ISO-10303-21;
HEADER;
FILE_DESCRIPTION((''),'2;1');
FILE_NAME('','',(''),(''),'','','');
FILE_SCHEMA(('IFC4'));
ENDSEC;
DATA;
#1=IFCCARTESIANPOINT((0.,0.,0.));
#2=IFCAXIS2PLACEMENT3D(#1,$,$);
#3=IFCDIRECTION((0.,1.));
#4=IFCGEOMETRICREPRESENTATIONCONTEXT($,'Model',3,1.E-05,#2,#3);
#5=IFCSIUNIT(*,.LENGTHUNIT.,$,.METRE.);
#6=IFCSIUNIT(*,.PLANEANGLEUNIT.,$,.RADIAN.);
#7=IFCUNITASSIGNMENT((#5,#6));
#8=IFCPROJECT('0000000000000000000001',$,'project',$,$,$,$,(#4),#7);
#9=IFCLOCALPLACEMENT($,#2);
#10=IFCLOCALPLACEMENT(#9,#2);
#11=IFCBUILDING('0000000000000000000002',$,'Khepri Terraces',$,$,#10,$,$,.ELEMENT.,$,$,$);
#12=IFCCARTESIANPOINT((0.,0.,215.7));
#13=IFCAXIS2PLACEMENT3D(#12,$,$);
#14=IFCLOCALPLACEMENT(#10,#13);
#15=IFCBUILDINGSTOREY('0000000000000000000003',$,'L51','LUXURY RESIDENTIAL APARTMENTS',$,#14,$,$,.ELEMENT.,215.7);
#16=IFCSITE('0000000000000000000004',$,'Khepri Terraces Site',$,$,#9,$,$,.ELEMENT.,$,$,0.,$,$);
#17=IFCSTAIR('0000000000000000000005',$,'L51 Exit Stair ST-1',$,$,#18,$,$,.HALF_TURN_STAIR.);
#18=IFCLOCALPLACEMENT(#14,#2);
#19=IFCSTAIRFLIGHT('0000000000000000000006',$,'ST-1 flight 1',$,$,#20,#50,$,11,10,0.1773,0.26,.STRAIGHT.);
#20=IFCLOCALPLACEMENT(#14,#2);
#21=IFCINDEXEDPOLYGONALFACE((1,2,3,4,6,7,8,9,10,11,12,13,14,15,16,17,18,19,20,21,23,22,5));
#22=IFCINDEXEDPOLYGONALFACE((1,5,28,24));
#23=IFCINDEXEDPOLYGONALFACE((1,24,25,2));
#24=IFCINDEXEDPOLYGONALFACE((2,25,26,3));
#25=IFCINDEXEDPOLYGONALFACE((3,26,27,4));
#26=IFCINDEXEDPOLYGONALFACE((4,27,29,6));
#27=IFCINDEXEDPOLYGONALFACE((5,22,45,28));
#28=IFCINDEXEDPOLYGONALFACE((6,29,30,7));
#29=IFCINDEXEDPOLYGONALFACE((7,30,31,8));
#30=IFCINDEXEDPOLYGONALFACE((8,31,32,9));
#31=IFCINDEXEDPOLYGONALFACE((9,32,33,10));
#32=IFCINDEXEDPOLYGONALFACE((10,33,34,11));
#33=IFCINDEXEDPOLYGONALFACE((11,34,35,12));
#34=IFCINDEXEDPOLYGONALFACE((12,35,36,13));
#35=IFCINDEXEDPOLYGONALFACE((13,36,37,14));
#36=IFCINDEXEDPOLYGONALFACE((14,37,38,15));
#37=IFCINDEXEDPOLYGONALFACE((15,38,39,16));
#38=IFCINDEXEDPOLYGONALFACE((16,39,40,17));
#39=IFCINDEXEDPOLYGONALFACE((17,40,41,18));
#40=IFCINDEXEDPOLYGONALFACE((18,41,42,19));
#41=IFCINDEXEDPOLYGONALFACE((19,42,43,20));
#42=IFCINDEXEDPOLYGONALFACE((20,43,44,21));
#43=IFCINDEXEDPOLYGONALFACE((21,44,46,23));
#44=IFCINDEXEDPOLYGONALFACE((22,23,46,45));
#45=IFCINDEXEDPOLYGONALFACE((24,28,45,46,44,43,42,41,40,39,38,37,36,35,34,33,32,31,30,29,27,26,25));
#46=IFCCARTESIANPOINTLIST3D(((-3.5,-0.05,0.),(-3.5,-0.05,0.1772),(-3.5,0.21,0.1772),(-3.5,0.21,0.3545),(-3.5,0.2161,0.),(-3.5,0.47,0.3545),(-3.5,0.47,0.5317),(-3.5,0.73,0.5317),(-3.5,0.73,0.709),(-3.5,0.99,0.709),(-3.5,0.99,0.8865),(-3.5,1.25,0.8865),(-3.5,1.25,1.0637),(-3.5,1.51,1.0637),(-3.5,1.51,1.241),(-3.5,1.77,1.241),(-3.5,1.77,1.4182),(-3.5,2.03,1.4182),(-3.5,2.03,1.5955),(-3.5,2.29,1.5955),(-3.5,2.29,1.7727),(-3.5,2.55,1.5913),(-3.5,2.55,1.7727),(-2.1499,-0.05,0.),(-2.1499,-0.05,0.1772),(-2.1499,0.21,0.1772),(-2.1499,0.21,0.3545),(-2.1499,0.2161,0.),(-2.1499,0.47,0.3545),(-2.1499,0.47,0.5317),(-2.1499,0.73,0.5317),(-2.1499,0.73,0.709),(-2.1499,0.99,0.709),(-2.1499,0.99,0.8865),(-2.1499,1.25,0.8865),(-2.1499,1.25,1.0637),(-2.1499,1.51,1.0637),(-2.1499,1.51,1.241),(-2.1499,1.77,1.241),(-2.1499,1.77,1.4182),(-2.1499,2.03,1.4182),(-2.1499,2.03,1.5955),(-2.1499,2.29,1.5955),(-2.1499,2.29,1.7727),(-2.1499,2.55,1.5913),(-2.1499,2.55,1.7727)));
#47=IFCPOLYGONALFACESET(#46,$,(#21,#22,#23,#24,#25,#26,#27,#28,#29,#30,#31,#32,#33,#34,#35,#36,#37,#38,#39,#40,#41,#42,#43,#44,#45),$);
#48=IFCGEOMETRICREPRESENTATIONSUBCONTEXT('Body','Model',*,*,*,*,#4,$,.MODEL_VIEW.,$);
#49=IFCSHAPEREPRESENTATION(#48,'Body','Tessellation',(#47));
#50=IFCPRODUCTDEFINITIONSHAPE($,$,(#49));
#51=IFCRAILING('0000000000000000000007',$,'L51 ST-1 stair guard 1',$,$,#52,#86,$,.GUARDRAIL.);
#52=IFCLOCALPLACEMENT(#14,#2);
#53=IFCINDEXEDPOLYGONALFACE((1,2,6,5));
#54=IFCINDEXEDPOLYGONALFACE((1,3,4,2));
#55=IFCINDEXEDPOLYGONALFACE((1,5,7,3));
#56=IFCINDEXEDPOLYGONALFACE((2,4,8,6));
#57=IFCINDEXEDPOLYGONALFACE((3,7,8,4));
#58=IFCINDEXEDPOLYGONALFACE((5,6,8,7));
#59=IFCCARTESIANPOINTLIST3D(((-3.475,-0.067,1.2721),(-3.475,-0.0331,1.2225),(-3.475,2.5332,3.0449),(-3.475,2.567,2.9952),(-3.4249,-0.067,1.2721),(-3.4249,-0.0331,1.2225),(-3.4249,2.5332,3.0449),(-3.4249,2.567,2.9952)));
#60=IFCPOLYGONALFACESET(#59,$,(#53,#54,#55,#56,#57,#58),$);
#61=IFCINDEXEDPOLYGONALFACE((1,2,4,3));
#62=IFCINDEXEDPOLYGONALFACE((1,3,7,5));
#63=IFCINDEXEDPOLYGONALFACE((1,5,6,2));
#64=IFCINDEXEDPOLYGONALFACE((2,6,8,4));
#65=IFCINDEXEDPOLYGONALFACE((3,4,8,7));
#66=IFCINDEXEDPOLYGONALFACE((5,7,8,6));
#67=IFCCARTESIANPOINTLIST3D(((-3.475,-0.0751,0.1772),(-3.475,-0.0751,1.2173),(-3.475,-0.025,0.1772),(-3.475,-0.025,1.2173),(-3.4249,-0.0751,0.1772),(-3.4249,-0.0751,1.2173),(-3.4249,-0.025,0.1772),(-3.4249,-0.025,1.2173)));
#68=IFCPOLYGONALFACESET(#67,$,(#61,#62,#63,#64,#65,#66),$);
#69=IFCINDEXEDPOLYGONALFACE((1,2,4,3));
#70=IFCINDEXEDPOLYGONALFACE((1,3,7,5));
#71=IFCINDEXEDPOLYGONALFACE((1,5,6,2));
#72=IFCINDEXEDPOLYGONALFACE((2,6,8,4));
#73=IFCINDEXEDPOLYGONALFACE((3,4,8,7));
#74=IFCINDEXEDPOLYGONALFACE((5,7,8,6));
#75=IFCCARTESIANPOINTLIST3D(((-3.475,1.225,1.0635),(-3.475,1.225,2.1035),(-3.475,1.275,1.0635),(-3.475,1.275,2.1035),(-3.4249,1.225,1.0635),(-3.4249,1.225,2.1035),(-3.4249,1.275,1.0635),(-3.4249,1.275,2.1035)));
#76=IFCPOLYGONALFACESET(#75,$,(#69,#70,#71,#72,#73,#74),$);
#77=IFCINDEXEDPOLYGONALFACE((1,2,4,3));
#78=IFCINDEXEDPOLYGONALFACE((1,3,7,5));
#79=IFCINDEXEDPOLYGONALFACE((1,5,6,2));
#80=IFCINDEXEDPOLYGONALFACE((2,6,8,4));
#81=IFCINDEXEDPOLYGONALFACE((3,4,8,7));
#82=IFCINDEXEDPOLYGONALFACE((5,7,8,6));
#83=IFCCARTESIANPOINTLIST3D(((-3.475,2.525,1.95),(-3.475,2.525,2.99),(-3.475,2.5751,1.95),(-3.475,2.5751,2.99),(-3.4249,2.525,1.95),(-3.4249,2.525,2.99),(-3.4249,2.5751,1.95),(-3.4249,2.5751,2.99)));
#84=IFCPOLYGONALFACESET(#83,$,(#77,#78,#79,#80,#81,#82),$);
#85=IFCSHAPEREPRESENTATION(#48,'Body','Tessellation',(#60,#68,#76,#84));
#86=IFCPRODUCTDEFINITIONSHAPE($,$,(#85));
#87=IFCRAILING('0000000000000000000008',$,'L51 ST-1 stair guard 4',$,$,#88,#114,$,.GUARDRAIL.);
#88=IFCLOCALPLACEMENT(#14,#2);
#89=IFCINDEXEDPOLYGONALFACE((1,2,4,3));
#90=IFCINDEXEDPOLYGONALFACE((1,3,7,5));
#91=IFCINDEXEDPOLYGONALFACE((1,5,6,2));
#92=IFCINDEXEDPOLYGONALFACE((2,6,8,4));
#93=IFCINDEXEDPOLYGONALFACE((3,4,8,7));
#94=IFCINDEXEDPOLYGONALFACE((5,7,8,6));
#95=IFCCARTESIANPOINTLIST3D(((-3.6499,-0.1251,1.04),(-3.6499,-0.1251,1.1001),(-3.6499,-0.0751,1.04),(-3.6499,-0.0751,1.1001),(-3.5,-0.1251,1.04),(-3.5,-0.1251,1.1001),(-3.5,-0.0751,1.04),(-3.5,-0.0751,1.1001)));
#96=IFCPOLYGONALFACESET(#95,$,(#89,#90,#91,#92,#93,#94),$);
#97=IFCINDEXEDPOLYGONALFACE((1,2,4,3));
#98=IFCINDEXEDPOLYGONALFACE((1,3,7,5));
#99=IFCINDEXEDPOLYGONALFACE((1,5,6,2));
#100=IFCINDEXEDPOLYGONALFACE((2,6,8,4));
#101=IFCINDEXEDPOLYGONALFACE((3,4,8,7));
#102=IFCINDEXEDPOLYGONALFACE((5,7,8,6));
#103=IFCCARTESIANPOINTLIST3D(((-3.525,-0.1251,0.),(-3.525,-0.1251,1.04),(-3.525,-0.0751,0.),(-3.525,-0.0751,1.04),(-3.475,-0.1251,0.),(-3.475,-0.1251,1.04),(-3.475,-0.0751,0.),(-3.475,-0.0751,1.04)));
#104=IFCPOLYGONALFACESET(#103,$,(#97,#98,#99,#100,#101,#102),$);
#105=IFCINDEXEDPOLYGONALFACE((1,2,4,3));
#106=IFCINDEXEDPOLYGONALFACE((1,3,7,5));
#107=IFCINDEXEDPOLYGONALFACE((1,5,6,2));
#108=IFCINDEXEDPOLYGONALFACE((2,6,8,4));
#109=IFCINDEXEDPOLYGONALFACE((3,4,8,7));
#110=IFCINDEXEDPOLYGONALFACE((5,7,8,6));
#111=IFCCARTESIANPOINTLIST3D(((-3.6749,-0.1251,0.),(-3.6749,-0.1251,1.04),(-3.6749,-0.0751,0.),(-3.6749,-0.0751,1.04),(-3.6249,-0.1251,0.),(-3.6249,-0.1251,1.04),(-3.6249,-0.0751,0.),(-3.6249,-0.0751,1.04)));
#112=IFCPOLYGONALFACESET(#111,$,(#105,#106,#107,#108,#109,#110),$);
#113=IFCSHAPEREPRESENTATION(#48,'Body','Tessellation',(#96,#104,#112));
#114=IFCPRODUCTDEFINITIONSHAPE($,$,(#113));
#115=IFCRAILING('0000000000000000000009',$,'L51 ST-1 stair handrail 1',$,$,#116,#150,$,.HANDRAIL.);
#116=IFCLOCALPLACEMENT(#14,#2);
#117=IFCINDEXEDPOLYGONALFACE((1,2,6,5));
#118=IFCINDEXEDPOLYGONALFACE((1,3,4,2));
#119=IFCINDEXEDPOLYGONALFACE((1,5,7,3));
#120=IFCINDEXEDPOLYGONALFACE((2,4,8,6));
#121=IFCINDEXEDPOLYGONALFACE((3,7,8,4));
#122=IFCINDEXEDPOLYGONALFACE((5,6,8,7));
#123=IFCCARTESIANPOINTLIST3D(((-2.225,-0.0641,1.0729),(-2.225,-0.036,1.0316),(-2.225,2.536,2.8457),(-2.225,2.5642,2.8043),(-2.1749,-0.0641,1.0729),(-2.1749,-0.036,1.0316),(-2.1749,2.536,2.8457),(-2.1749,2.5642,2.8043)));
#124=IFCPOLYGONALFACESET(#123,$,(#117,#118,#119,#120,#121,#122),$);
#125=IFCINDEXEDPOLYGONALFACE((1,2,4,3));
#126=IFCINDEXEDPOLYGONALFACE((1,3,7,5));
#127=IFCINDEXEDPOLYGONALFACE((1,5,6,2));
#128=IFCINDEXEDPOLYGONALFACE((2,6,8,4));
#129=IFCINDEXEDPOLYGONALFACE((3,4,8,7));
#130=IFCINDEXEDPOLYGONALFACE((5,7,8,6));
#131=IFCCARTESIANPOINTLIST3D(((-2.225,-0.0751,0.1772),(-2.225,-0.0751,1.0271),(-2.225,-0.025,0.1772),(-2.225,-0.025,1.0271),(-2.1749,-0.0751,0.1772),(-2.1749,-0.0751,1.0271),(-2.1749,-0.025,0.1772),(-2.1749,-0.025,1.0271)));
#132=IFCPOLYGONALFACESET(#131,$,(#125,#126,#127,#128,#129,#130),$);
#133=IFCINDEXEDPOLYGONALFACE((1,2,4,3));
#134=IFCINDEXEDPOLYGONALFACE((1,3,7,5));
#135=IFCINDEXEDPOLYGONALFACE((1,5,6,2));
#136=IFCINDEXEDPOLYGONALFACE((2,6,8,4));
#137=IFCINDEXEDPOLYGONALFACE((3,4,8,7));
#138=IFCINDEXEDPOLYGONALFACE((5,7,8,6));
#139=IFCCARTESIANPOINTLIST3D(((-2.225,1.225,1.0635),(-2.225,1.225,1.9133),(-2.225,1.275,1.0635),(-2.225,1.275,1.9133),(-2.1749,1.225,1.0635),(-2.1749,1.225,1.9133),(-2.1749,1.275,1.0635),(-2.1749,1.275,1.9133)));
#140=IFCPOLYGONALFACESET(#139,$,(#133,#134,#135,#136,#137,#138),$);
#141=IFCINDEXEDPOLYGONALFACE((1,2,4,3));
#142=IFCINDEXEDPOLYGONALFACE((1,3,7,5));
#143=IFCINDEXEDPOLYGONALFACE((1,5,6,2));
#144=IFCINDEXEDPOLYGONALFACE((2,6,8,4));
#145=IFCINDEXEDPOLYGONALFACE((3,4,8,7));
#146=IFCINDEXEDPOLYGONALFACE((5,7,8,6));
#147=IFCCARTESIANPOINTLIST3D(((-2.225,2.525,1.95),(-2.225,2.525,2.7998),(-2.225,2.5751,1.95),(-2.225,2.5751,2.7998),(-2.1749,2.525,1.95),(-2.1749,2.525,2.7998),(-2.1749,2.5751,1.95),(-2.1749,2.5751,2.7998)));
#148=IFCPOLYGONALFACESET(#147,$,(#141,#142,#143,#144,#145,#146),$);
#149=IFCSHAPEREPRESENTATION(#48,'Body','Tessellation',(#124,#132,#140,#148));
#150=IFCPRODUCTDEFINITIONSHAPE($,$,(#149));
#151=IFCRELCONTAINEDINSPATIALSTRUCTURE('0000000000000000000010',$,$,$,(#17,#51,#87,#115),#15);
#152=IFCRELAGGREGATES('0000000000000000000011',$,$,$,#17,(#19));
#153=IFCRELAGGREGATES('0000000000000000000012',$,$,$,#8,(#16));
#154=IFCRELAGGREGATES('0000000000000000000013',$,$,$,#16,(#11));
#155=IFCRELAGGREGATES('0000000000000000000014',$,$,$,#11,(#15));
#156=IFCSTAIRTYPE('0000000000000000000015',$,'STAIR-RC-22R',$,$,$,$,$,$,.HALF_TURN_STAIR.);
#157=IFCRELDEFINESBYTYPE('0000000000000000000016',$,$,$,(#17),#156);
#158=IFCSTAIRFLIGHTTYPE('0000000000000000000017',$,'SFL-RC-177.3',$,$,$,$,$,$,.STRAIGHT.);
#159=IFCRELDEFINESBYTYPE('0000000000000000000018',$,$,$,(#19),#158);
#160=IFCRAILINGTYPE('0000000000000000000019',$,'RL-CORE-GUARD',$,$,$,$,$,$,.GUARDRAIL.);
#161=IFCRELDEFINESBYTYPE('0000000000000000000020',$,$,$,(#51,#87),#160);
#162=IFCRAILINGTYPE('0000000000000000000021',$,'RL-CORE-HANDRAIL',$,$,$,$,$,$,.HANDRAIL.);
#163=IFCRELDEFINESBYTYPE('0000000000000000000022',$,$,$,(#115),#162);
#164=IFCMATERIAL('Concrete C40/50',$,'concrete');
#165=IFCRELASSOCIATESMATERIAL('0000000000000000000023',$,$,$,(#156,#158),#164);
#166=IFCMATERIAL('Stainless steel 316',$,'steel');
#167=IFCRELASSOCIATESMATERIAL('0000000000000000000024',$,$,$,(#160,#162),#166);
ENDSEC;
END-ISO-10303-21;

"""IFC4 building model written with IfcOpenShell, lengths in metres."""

from ifc_helpers import new_model, si_unit, direction, frame, origin, origin_2d, place, context, subcontext, project, spatial, polyline, rectangle, outline, extrude, material, type_object, element, aggregate, save


model = new_model("IFC4")

# Units and contexts
model_context = context("Model", 3, precision=1e-05, world=origin(), true_north=direction((0.0, 1.0)))
body_context = subcontext(model_context, "Body", "Model", "MODEL_VIEW")
ifc_project = project(units=[si_unit("LENGTHUNIT", "METRE"), si_unit("PLANEANGLEUNIT", "RADIAN")], contexts=[model_context])

# Site, building, storey
site_placement = place(None, origin())
site = spatial("IfcSite", under=ifc_project, at=site_placement, Name="Khepri Terraces Site", CompositionType="ELEMENT", RefElevation=0.0)
building_placement = place(site_placement, origin())
building = spatial("IfcBuilding", under=site, at=building_placement, Name="Khepri Terraces", CompositionType="ELEMENT")
storey_placement = place(building_placement, frame((0.0, 0.0, 215.7)))
storey = spatial("IfcBuildingStorey", under=building, at=storey_placement, Name="L51", Description="LUXURY RESIDENTIAL APARTMENTS", CompositionType="ELEMENT", Elevation=215.7)

# Stair, stair flight
ifc_material_1 = material(Name="Concrete C40/50", Category="concrete")
stair_type = type_object("IfcStairType", Name="STAIR-RC-22R", PredefinedType="HALF_TURN_STAIR", material=ifc_material_1)
stair_placement = place(storey_placement, origin())
stair = element("IfcStair", 1, at=stair_placement, inside=storey, type_object=stair_type, Name="L51 Exit Stair ST-1", PredefinedType="HALF_TURN_STAIR")
stair_flight_type = type_object("IfcStairFlightType", Name="SFL-RC-177.3", PredefinedType="STRAIGHT", material=ifc_material_1)
stair_flight_placement = place(storey_placement, frame((-2.825, -0.05, 0.0), z_axis=(0.0, 0.0, 1.0), x_axis=(0.0, 1.0, 0.0)))
stair_flight = element("IfcStairFlight", 2, at=stair_flight_placement, type_object=stair_flight_type, Name="ST-1 flight 1", NumberOfRisers=11, NumberOfTreads=10, PredefinedType="STRAIGHT", RiserHeight=0.1773, TreadLength=0.26, context=body_context, shape_type="SweptSolid", body=[
    extrude(outline(polyline([(0.0, 0.0), (0.0, 0.1772), (0.26, 0.1772), (0.26, 0.3545), (0.52, 0.3545), (0.52, 0.5317), (0.78, 0.5317), (0.78, 0.709), (1.04, 0.709), (1.04, 0.8865), (1.3, 0.8865), (1.3, 1.0637), (1.5601, 1.0637), (1.5601, 1.241), (1.8201, 1.241), (1.8201, 1.4182), (2.0801, 1.4182), (2.0801, 1.5955), (2.3401, 1.5955), (2.3401, 1.7727), (2.6001, 1.7727), (2.6001, 1.95), (2.6001, 1.5913), (0.2661, 0.0), (0.0, 0.0)])), frame((0.0, 0.675, 0.0), z_axis=(0.0, -1.0, 0.0), x_axis=(1.0, 0.0, 0.0)), (0.0, 0.0, 1.0), 1.3501),
])
aggregate(stair, [stair_flight])

# Railings
ifc_material_2 = material(Name="Stainless steel 316", Category="steel")
railing_type_1 = type_object("IfcRailingType", Name="RL-CORE-GUARD", PredefinedType="GUARDRAIL", material=ifc_material_2)
railing_1_placement = place(storey_placement, frame((-3.45, -0.05, 0.1772)))
element("IfcRailing", 3, at=railing_1_placement, inside=storey, type_object=railing_type_1, Name="L51 ST-1 stair guard 1", PredefinedType="GUARDRAIL", context=body_context, shape_type="SweptSolid", body=[
    extrude(rectangle(XDim=0.05, YDim=0.0601, at=origin_2d()), frame((0.0, 0.0, 1.0701), z_axis=(0.0, 0.82624, 0.563318), x_axis=(-1.0, 0.0, 0.0)), (0.0, 0.0, 1.0), 3.147),
    extrude(rectangle(XDim=0.05, YDim=0.05, at=origin_2d()), origin(), (0.0, 0.0, 1.0), 1.04),
    extrude(rectangle(XDim=0.05, YDim=0.05, at=origin_2d()), frame((0.0, 1.3, 0.8862)), (0.0, 0.0, 1.0), 1.04),
    extrude(rectangle(XDim=0.05, YDim=0.05, at=origin_2d()), frame((0.0, 2.6001, 1.7727)), (0.0, 0.0, 1.0), 1.04),
])
railing_2_placement = place(storey_placement, frame((-3.5, -0.1001, 0.0)))
element("IfcRailing", 4, at=railing_2_placement, inside=storey, type_object=railing_type_1, Name="L51 ST-1 stair guard 4", PredefinedType="GUARDRAIL", context=body_context, shape_type="SweptSolid", body=[
    extrude(rectangle(XDim=0.05, YDim=0.0601, at=origin_2d()), frame((0.0, 0.0, 1.0701), z_axis=(-1.0, 0.0, 0.0), x_axis=(0.0, -1.0, 0.0)), (0.0, 0.0, 1.0), 0.1499),
    extrude(rectangle(XDim=0.05, YDim=0.05, at=origin_2d()), origin(), (0.0, 0.0, 1.0), 1.04),
    extrude(rectangle(XDim=0.05, YDim=0.05, at=origin_2d()), frame((-0.1499, 0.0, 0.0)), (0.0, 0.0, 1.0), 1.04),
])
railing_type_2 = type_object("IfcRailingType", Name="RL-CORE-HANDRAIL", PredefinedType="HANDRAIL", material=ifc_material_2)
railing_3_placement = place(storey_placement, frame((-2.2, -0.05, 0.1772)))
element("IfcRailing", 5, at=railing_3_placement, inside=storey, type_object=railing_type_2, Name="L51 ST-1 stair handrail 1", PredefinedType="HANDRAIL", context=body_context, shape_type="SweptSolid", body=[
    extrude(rectangle(XDim=0.05, YDim=0.05, at=origin_2d()), frame((0.0, 0.0, 0.875), z_axis=(0.0, 0.82624, 0.563318), x_axis=(-1.0, 0.0, 0.0)), (0.0, 0.0, 1.0), 3.147),
    extrude(rectangle(XDim=0.05, YDim=0.05, at=origin_2d()), origin(), (0.0, 0.0, 1.0), 0.8499),
    extrude(rectangle(XDim=0.05, YDim=0.05, at=origin_2d()), frame((0.0, 1.3, 0.8862)), (0.0, 0.0, 1.0), 0.8499),
    extrude(rectangle(XDim=0.05, YDim=0.05, at=origin_2d()), frame((0.0, 2.6001, 1.7727)), (0.0, 0.0, 1.0), 0.8499),
])

save(model, "model.ifc")
